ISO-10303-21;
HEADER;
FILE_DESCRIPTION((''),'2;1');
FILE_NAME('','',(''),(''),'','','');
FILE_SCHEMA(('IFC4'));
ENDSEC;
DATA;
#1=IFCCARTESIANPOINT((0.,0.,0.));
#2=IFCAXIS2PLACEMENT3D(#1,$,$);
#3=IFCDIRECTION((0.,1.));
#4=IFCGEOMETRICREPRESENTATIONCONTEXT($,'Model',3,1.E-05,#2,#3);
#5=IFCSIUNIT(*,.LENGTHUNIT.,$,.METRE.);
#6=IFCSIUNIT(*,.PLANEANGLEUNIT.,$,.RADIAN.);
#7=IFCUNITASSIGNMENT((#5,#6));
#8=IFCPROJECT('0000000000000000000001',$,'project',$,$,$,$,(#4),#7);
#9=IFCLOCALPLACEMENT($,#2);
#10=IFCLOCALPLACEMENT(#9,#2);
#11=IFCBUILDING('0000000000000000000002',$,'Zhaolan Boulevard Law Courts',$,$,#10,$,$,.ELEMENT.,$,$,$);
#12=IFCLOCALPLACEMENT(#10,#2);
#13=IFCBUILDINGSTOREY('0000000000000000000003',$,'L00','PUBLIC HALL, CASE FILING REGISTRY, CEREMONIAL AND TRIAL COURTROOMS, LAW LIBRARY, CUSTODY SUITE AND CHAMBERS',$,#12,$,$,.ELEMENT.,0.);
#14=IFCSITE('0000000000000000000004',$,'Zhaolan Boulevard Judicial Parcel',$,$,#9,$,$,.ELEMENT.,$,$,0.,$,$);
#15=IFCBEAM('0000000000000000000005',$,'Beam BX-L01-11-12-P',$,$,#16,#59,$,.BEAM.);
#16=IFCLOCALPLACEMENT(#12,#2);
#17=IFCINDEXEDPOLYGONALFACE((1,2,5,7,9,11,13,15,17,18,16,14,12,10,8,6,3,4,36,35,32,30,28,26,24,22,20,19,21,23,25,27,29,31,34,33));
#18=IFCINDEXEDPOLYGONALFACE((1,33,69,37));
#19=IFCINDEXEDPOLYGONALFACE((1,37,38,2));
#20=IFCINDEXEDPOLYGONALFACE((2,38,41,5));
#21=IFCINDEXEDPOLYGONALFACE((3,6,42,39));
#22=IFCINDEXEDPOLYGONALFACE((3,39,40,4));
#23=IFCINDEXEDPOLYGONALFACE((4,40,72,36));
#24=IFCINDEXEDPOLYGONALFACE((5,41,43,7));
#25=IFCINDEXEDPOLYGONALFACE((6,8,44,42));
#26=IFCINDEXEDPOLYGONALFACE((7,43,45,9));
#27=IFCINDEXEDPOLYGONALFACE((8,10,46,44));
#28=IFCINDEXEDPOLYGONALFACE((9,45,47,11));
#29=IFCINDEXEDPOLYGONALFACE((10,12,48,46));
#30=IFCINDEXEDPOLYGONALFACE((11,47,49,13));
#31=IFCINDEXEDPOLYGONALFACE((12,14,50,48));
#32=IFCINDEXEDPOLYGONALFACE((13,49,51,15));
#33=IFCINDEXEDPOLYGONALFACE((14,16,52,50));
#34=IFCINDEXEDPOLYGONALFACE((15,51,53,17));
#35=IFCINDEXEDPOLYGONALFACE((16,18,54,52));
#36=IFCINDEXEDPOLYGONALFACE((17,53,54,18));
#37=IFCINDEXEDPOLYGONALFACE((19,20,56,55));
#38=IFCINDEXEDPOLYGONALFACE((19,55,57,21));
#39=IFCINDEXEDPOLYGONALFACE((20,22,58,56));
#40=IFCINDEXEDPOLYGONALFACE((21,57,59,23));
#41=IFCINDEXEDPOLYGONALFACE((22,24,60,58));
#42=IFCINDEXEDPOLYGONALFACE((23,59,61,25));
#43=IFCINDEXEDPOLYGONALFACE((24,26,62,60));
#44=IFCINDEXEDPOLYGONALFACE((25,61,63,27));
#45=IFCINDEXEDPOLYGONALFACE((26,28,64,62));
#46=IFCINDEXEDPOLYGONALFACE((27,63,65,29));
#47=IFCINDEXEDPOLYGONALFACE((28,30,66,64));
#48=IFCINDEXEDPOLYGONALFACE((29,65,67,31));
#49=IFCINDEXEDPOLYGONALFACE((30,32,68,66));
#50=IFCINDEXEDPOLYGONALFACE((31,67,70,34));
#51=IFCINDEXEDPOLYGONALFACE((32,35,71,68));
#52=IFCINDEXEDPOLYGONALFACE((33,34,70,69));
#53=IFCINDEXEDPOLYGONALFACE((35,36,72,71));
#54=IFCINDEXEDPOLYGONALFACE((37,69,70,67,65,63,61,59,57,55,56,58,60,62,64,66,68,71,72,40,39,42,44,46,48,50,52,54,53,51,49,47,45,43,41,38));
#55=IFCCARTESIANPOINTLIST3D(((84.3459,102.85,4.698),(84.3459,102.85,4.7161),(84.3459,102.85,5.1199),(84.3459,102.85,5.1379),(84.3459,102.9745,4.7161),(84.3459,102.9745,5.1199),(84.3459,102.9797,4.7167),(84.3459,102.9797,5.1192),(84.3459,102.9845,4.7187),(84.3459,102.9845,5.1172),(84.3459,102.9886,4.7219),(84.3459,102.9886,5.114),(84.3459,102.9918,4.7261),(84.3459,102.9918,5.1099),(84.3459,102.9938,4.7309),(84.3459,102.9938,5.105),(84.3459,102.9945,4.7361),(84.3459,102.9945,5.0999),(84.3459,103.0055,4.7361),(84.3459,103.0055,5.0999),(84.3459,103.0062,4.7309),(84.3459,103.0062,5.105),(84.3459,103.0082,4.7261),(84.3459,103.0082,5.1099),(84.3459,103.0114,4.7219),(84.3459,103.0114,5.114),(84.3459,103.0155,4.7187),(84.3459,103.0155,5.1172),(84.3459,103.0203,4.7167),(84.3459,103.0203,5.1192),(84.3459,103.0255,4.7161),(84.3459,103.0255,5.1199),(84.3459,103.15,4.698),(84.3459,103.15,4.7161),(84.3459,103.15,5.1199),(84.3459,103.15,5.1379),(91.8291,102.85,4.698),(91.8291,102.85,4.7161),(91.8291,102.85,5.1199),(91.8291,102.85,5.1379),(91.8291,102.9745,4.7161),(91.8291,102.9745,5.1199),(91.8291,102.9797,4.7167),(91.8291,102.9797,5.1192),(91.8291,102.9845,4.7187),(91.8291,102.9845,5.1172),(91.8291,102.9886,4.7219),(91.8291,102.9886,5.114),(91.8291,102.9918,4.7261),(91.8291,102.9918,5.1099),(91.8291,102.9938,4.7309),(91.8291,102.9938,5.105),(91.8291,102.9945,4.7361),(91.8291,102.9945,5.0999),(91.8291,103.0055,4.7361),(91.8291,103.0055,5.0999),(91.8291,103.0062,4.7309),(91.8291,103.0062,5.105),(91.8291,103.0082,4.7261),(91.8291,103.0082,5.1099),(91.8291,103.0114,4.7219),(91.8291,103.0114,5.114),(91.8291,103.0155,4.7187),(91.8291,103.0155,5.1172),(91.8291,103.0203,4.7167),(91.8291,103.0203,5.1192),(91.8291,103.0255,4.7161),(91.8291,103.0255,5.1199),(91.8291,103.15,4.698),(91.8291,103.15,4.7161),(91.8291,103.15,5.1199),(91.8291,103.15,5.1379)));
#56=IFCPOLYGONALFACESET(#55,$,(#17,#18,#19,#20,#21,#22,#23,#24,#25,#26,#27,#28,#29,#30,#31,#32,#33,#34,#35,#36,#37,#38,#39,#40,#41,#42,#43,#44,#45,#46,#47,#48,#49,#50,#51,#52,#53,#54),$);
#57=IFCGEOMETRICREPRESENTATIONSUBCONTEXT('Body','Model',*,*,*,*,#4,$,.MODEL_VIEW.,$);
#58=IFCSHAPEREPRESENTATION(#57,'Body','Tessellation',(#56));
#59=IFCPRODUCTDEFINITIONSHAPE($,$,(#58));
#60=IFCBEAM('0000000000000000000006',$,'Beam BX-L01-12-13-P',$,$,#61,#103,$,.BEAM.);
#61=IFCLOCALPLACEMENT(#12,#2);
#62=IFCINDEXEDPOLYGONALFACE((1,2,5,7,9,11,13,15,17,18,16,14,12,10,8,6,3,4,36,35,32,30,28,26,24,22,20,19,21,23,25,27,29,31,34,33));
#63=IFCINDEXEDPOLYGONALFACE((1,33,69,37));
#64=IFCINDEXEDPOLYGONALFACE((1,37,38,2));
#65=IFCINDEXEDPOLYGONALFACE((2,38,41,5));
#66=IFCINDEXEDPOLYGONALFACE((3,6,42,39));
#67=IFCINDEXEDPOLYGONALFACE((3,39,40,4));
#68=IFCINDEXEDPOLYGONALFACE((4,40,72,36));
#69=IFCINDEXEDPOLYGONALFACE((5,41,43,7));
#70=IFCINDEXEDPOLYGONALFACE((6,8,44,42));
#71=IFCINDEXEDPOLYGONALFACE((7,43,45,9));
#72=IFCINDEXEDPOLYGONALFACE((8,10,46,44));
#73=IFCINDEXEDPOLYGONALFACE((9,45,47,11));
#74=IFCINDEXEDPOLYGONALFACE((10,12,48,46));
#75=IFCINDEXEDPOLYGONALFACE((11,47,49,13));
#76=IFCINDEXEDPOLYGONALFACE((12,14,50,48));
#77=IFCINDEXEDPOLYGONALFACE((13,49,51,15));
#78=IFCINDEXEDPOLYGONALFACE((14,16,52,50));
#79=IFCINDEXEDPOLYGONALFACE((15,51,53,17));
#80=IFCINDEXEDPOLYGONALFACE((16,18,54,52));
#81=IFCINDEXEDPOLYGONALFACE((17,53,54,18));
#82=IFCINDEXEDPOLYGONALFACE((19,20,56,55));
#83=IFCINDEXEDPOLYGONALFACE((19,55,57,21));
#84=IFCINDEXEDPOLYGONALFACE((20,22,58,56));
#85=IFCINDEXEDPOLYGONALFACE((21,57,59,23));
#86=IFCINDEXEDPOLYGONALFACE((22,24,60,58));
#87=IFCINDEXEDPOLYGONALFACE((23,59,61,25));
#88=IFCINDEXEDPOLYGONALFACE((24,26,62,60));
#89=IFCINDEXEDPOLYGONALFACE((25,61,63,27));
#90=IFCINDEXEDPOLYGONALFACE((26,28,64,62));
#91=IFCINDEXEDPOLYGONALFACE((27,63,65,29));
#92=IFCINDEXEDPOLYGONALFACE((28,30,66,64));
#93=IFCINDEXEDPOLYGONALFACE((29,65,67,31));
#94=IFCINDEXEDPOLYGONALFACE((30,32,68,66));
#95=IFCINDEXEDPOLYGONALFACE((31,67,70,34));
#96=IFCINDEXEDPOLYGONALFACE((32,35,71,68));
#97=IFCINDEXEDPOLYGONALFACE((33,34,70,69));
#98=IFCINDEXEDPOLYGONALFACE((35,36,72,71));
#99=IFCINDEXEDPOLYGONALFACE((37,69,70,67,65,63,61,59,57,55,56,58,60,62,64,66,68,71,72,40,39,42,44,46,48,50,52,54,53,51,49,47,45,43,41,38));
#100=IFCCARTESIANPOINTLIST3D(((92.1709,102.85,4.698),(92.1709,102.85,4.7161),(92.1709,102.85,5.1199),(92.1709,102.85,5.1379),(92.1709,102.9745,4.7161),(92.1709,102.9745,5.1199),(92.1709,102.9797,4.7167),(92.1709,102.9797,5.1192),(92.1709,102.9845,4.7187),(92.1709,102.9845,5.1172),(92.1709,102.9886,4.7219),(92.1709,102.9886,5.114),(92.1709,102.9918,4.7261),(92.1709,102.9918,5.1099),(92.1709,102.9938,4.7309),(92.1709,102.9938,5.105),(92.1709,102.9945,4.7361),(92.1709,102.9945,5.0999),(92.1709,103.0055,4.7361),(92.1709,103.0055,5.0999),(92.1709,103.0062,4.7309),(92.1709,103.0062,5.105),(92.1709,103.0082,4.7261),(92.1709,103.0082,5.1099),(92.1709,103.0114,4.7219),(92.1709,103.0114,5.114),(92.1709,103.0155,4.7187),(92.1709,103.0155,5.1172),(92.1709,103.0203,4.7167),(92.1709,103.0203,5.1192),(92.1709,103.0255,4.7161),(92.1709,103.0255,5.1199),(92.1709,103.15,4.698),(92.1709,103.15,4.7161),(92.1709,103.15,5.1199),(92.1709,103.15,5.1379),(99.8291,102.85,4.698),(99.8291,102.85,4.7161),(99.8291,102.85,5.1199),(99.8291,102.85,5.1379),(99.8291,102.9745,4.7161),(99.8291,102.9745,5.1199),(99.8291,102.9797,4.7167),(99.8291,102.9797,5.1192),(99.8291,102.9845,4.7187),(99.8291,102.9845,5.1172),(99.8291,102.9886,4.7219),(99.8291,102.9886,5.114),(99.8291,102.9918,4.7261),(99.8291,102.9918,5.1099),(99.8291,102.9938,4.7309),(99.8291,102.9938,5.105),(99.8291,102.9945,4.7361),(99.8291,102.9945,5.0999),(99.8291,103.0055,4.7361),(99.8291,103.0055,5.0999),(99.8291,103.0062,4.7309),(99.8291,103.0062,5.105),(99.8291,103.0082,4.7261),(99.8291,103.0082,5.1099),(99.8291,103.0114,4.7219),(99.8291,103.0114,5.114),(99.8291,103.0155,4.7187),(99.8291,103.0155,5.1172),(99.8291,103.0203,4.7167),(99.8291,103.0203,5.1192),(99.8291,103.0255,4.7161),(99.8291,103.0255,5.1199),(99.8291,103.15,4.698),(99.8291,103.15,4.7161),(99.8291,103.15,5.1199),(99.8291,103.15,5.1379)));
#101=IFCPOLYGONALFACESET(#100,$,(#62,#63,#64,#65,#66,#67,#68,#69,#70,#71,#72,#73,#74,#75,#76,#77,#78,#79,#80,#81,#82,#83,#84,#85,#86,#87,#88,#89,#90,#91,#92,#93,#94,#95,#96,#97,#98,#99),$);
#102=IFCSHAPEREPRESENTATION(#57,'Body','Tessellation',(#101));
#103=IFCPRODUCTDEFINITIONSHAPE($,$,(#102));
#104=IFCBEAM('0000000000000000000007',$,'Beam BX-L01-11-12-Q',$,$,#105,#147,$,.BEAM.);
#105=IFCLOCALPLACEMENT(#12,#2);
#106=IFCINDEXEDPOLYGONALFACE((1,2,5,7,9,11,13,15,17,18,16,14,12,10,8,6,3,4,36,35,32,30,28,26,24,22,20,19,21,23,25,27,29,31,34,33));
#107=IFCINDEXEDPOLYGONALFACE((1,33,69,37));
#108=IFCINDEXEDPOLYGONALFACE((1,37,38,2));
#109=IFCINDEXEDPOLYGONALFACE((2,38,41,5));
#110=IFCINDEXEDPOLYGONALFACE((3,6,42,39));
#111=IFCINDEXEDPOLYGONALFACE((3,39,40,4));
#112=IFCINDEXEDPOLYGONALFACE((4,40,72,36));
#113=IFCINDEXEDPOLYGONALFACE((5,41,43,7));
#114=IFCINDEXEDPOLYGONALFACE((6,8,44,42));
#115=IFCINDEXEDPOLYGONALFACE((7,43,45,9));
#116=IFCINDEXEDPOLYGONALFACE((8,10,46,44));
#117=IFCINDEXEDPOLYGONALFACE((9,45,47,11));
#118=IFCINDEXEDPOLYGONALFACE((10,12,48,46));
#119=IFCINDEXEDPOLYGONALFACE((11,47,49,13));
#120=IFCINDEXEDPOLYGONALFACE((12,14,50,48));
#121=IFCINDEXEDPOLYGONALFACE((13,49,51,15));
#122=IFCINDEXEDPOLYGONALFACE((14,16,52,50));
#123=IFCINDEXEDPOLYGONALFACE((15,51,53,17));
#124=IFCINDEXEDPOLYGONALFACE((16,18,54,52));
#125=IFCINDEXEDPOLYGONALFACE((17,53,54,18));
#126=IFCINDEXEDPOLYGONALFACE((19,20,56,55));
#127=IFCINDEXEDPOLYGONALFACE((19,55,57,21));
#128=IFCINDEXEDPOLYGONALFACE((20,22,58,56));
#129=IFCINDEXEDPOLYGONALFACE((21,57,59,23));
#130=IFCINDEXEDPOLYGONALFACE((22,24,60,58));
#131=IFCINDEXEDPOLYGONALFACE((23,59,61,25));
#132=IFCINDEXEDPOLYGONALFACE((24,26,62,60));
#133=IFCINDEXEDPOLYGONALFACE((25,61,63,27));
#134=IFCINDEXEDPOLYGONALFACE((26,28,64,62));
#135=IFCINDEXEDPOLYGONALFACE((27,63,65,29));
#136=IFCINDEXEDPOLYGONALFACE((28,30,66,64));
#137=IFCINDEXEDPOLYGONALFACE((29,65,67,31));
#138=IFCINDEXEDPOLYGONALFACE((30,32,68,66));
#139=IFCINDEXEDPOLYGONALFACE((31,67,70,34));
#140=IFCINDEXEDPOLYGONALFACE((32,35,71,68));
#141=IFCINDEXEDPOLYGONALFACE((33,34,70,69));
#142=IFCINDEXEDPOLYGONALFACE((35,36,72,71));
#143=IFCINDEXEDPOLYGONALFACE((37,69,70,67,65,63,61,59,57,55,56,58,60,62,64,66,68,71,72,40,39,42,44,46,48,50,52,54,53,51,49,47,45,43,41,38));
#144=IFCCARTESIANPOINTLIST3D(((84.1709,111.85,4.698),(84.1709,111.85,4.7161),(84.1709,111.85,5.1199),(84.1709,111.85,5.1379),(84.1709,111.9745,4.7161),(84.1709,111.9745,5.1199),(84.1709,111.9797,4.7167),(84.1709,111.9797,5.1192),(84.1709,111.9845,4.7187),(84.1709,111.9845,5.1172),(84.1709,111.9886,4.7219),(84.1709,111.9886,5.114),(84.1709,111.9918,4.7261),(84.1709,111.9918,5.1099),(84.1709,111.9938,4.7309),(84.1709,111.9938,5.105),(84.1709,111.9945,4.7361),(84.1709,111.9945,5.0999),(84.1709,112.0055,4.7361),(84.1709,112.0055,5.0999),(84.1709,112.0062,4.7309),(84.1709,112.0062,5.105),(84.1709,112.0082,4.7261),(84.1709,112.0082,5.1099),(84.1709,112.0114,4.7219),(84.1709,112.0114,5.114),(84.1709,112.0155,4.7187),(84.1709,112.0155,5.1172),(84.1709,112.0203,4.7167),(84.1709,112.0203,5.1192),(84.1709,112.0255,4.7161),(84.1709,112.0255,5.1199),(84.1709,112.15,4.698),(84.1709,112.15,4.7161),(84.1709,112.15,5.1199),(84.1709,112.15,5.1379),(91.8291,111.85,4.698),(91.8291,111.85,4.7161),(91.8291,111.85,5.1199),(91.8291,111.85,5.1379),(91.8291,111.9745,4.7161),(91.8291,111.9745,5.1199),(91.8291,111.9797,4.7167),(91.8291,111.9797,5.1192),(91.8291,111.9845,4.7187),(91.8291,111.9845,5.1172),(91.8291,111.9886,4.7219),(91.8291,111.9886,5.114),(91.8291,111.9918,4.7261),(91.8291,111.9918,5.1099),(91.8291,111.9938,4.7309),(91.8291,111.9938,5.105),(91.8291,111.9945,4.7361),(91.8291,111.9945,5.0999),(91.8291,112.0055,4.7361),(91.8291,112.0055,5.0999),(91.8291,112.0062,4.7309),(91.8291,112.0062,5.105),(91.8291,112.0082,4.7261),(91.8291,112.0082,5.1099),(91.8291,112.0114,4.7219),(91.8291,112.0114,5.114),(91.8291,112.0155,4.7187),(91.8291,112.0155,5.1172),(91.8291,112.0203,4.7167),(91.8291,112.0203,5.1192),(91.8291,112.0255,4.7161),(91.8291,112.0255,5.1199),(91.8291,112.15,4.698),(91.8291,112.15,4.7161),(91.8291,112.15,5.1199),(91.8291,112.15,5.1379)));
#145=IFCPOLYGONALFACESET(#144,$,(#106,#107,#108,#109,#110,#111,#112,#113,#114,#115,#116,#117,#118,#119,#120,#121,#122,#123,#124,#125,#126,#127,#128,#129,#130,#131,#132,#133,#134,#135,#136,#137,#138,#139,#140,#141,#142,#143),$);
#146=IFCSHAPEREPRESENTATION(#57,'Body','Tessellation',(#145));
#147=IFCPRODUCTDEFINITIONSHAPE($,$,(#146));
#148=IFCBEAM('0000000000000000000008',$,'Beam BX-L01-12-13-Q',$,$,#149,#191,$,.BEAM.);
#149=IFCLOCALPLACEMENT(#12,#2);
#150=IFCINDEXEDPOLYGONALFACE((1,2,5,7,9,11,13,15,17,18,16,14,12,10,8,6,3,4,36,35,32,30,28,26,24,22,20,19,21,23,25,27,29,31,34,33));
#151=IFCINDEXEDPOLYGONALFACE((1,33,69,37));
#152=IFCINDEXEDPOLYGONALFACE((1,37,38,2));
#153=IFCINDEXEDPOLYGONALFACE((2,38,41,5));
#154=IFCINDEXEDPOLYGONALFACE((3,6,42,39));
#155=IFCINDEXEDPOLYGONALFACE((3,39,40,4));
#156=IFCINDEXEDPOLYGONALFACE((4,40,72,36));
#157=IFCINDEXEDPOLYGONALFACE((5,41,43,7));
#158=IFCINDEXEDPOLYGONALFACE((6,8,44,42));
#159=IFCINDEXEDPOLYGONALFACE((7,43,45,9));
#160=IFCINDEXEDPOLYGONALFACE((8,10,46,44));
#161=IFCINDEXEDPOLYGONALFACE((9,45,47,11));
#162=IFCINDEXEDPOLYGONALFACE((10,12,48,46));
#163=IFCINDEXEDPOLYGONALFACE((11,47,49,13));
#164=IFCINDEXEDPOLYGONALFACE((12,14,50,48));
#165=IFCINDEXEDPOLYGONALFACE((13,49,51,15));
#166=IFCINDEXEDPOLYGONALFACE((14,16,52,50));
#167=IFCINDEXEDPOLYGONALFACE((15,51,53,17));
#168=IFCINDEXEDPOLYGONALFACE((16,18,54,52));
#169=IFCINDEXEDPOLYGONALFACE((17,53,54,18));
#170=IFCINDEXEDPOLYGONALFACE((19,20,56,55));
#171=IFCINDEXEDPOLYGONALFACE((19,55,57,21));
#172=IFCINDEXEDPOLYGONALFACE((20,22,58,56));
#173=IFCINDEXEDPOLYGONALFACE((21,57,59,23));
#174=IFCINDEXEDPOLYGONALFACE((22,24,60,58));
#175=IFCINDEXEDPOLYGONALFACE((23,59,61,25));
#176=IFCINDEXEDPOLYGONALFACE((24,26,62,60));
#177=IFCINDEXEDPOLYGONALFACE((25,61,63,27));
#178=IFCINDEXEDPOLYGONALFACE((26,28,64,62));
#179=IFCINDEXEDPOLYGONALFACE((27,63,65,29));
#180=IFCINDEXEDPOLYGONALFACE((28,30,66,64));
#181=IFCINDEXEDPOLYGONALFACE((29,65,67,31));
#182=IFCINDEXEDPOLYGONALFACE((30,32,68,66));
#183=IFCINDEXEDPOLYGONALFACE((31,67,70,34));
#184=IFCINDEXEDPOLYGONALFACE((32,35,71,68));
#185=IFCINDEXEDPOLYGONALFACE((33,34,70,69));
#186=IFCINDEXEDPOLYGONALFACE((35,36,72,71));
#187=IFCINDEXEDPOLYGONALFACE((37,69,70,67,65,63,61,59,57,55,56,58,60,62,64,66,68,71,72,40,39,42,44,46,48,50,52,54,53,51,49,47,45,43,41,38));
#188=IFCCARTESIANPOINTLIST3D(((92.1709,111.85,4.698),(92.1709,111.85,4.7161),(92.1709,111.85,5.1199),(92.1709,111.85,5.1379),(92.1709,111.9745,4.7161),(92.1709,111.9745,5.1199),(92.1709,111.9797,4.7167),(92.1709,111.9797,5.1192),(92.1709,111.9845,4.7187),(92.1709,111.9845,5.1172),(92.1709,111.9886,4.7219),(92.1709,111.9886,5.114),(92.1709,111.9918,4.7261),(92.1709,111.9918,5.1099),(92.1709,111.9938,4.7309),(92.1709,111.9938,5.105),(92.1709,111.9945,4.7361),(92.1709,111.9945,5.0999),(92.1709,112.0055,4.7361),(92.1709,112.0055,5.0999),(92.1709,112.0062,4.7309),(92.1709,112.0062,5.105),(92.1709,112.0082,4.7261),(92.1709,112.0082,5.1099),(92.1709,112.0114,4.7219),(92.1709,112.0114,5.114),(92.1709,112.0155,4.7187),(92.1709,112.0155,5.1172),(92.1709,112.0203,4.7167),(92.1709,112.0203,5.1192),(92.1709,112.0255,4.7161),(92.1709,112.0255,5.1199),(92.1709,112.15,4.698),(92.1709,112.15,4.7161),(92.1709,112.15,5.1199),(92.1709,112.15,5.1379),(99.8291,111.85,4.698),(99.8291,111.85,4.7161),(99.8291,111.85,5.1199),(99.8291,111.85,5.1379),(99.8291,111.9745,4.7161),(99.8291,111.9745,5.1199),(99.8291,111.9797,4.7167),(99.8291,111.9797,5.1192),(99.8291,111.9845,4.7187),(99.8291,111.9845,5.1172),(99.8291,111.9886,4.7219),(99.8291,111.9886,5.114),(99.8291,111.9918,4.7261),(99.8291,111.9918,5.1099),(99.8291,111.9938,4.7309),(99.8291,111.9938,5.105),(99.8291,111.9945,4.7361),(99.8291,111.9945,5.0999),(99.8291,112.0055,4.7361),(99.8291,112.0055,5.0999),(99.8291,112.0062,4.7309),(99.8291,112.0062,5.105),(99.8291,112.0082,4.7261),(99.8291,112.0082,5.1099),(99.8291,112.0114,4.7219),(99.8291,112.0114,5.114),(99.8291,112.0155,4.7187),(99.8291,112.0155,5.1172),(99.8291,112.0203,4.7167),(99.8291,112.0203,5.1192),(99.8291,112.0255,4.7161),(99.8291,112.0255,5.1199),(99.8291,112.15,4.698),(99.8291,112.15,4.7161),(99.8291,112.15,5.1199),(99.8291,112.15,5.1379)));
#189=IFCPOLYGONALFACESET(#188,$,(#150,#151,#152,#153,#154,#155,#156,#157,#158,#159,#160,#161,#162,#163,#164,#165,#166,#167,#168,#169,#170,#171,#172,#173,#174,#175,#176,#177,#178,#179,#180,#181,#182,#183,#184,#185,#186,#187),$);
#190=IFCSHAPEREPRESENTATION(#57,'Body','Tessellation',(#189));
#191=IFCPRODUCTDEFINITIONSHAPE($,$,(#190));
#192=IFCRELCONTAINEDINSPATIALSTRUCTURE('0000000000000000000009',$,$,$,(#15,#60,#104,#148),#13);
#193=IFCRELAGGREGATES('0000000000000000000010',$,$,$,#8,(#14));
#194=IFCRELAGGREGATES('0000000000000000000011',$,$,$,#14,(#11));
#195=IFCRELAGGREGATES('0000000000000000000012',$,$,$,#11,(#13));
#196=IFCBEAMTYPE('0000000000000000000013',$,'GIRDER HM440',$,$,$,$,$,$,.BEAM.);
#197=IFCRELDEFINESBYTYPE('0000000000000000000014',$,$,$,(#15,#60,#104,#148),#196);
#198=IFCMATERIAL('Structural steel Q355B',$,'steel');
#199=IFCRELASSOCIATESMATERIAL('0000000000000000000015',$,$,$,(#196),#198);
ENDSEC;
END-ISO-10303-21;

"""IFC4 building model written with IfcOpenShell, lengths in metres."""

from ifc_helpers import new_model, si_unit, direction, frame, origin, origin_2d, place, context, subcontext, project, spatial, i_section, extrude, material, material_profile, profile_set, type_object, element, save


model = new_model("IFC4")

# Units and contexts
model_context = context("Model", 3, precision=1e-05, world=origin(), true_north=direction((0.0, 1.0)))
body_context = subcontext(model_context, "Body", "Model", "MODEL_VIEW")
ifc_project = project(units=[si_unit("LENGTHUNIT", "METRE"), si_unit("PLANEANGLEUNIT", "RADIAN")], contexts=[model_context])

# Site, building, storey
site_placement = place(None, origin())
site = spatial("IfcSite", under=ifc_project, at=site_placement, Name="Zhaolan Boulevard Judicial Parcel", CompositionType="ELEMENT", RefElevation=0.0)
building_placement = place(site_placement, origin())
building = spatial("IfcBuilding", under=site, at=building_placement, Name="Zhaolan Boulevard Law Courts", CompositionType="ELEMENT")
storey_placement = place(building_placement, origin())
storey = spatial("IfcBuildingStorey", under=building, at=storey_placement, Name="L00", Description="PUBLIC HALL, CASE FILING REGISTRY, CEREMONIAL AND TRIAL COURTROOMS, LAW LIBRARY, CUSTODY SUITE AND CHAMBERS", CompositionType="ELEMENT", Elevation=0.0)

# Beams
ifc_material_1 = material(Name="Structural steel Q355B", Category="steel")
ifc_material_profile_1 = material_profile(ifc_material_1, i_section(OverallWidth=0.3, OverallDepth=0.4399, WebThickness=0.011, FlangeThickness=0.0181, FilletRadius=0.02, at=origin_2d()), Name="HM440x300")
ifc_profile_set_1 = profile_set([ifc_material_profile_1], Name="Structural steel Q355B")
beam_type_1 = type_object("IfcBeamType", Name="GIRDER HM440", PredefinedType="BEAM", material=ifc_profile_set_1)
beam_1_placement = place(storey_placement, frame((84.3459, 103.0, 4.918), z_axis=(1.0, 0.0, 0.0), x_axis=(0.0, 1.0, 0.0)))
element("IfcBeam", 1, at=beam_1_placement, inside=storey, type_object=beam_type_1, Name="Beam BX-L01-11-12-P", PredefinedType="BEAM", context=body_context, shape_type="SweptSolid", body=[
    extrude(i_section(OverallWidth=0.3, OverallDepth=0.4399, WebThickness=0.011, FlangeThickness=0.0181, FilletRadius=0.02, at=origin_2d()), origin(), (0.0, 0.0, 1.0), 7.4832),
])
for number, where, z_axis, x_axis, name in (
    (2, (92.1709, 103.0, 4.918), (1.0, 0.0, 0.0), (0.0, 1.0, 0.0), "Beam BX-L01-12-13-P"),
    (3, (84.1709, 112.0, 4.918), (1.0, 0.0, 0.0), (0.0, 1.0, 0.0), "Beam BX-L01-11-12-Q"),
    (4, (92.1709, 112.0, 4.918), (1.0, 0.0, 0.0), (0.0, 1.0, 0.0), "Beam BX-L01-12-13-Q"),
):
    element("IfcBeam", number, at=place(storey_placement, frame(where, z_axis=z_axis, x_axis=x_axis)), inside=storey, type_object=beam_type_1, Name=name, PredefinedType="BEAM", context=body_context, shape_type="SweptSolid", body=[
        extrude(i_section(OverallWidth=0.3, OverallDepth=0.4399, WebThickness=0.011, FlangeThickness=0.0181, FilletRadius=0.02, at=origin_2d()), origin(), (0.0, 0.0, 1.0), 7.6582),
    ])

save(model, "model.ifc")
